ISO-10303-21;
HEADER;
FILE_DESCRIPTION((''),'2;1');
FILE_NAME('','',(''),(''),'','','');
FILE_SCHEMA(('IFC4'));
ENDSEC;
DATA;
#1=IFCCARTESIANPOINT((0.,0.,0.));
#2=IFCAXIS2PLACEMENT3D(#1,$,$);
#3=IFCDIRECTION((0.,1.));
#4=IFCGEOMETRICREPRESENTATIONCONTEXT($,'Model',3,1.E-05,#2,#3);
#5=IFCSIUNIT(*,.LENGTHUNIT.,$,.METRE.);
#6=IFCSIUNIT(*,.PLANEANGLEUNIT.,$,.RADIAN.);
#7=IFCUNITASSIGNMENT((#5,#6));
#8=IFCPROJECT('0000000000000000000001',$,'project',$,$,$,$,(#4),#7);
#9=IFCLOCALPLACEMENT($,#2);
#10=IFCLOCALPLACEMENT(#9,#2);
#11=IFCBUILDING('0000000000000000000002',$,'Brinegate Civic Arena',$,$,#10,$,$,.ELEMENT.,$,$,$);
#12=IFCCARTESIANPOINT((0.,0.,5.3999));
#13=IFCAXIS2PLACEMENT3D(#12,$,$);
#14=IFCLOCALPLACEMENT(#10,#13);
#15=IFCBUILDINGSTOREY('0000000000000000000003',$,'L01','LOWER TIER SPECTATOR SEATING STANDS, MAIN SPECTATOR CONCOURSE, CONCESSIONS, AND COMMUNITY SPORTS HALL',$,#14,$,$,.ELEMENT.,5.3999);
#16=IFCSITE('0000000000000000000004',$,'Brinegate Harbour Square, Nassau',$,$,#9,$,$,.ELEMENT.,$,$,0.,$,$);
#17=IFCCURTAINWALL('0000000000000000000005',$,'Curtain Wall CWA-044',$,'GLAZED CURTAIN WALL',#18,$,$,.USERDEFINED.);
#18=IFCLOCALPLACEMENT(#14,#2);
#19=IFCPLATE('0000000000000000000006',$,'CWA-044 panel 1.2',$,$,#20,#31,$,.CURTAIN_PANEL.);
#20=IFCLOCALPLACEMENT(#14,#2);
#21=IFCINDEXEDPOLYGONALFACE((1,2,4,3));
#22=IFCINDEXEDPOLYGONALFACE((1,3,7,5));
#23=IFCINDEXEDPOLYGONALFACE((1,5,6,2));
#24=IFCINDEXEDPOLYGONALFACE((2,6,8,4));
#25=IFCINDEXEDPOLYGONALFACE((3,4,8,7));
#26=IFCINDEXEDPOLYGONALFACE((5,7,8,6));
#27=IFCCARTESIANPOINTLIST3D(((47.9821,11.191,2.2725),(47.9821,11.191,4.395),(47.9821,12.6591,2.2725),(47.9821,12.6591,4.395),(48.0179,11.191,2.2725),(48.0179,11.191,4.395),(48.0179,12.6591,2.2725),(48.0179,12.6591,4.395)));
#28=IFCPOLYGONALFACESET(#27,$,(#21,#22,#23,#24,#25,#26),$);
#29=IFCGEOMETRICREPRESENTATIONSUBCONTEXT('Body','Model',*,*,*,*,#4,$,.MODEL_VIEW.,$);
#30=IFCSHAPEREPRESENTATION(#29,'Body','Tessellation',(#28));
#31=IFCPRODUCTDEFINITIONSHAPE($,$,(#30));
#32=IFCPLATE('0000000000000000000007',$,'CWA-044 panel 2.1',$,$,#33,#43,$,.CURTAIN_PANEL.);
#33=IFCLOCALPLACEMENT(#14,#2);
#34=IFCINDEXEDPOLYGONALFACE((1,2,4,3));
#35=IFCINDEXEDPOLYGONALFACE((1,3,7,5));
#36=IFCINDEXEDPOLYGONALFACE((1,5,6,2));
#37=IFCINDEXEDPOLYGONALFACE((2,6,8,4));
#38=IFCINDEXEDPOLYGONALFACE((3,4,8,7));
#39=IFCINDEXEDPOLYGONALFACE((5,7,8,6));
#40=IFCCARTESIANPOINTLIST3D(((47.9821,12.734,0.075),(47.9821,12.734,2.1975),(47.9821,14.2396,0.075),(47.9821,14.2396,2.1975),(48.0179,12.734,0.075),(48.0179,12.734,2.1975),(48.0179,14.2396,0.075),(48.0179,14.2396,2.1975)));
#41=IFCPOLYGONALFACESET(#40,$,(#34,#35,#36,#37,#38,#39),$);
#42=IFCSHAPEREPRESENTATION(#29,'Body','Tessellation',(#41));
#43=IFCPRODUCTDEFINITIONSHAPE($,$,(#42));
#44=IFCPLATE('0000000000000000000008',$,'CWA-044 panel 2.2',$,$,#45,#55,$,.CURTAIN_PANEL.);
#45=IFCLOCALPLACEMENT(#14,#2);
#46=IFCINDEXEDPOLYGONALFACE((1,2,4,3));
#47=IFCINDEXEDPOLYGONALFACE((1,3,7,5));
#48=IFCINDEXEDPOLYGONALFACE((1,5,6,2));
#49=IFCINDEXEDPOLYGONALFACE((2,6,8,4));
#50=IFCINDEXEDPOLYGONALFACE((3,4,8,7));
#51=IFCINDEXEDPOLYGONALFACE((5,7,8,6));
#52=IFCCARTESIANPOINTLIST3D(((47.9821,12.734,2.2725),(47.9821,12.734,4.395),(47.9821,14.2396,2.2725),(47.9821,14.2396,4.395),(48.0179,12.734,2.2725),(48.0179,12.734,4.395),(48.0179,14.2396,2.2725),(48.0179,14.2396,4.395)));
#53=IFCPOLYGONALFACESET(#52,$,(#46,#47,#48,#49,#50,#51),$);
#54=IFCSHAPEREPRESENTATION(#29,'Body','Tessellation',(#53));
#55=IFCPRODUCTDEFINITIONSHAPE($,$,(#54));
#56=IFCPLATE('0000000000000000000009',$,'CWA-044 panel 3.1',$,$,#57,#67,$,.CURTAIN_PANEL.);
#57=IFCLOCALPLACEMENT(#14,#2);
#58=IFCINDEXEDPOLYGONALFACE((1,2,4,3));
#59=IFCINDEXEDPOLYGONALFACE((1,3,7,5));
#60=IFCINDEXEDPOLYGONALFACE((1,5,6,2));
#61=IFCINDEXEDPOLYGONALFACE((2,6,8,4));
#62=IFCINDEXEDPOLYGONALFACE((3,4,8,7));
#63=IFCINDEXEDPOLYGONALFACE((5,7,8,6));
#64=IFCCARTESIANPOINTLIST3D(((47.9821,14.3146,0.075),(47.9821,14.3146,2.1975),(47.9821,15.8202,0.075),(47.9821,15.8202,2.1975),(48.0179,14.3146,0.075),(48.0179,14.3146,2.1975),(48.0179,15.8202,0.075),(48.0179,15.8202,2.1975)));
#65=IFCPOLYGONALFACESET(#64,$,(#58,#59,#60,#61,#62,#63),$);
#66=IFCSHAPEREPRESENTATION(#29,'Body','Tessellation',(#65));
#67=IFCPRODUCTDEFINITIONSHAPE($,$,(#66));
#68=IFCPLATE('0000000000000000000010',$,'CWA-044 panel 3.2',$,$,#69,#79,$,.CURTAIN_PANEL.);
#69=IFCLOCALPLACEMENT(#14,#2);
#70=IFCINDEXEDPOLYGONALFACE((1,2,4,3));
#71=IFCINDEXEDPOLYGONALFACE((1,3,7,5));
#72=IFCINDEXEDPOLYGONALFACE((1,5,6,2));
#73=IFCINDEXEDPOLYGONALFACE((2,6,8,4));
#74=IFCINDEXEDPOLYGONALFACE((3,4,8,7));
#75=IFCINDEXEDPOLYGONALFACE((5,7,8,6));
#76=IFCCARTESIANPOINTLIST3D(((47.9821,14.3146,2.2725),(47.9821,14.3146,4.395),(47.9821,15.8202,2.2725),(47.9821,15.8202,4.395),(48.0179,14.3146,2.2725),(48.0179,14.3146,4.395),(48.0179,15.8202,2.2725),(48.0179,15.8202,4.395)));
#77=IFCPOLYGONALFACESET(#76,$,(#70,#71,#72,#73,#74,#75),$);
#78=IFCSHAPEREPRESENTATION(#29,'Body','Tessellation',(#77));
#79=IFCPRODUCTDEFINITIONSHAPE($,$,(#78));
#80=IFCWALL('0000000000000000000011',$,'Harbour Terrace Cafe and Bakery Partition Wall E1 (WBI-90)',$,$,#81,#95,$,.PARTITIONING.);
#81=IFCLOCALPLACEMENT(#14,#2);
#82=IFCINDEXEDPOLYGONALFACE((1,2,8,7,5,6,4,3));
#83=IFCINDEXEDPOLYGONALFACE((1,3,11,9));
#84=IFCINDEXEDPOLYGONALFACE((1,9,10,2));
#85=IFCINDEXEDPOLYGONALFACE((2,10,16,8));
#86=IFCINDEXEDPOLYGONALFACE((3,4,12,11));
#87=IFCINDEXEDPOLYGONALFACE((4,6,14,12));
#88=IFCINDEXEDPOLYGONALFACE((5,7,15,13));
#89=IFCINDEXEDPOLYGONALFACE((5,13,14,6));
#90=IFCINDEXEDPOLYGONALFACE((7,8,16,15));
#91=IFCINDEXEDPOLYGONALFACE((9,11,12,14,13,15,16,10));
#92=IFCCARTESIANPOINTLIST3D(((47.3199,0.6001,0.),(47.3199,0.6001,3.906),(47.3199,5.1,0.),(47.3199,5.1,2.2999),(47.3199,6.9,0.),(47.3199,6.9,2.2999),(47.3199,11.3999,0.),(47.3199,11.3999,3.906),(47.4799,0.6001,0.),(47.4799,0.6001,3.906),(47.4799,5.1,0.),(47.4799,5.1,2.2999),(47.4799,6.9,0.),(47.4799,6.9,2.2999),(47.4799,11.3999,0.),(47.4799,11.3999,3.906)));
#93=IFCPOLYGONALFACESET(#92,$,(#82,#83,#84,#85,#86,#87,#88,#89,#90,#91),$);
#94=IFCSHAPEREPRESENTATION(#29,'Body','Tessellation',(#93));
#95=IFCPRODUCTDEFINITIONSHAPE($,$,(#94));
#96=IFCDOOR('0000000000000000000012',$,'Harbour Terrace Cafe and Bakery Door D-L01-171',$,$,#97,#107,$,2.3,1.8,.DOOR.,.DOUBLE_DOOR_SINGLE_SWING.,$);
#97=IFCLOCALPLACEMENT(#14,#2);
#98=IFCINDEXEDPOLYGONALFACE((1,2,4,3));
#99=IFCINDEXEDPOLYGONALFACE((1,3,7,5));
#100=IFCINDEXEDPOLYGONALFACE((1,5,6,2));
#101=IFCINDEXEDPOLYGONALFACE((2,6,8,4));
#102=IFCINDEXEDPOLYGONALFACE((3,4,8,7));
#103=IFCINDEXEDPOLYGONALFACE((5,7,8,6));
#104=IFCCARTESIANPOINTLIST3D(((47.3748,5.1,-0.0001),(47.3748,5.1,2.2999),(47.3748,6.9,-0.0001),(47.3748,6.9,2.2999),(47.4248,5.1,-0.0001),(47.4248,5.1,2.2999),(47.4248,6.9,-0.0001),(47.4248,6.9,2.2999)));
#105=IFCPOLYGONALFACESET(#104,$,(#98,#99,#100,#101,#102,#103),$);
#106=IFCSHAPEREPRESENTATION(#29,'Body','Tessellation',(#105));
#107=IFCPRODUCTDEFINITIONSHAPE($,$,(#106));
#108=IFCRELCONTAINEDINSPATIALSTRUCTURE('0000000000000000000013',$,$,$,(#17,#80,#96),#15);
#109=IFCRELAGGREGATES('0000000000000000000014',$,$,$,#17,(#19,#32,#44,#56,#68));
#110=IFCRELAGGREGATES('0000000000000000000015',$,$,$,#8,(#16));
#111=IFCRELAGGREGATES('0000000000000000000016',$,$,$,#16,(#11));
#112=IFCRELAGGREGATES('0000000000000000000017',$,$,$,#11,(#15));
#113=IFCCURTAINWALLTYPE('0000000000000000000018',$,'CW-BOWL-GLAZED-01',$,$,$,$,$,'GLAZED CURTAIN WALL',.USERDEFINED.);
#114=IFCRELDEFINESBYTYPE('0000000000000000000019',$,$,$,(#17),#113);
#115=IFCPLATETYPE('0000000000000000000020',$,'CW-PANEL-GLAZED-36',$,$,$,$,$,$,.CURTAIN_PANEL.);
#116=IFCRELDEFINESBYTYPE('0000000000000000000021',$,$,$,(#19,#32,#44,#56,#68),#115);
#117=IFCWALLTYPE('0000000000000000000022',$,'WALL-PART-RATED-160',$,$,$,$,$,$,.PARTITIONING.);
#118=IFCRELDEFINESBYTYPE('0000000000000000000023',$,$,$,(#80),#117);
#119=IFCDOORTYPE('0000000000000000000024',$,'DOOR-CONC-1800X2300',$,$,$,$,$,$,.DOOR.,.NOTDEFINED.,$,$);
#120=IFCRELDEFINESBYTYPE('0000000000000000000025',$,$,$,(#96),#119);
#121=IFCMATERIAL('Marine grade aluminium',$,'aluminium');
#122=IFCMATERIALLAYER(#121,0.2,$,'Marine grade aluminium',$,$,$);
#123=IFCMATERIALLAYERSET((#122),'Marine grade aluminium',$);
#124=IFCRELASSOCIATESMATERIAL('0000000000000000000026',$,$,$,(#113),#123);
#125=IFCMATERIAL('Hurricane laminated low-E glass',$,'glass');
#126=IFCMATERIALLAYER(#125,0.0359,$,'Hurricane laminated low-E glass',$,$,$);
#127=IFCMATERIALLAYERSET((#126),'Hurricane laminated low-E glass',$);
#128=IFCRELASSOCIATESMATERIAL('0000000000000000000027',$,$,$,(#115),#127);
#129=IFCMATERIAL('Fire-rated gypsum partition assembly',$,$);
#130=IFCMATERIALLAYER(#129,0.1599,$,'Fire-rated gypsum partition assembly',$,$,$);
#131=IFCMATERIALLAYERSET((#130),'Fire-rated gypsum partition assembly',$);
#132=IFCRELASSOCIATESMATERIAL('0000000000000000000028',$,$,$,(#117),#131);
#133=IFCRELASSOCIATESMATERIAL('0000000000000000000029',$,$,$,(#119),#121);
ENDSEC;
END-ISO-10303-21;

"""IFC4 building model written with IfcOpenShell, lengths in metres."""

from ifc_helpers import new_model, si_unit, direction, frame, frame_2d, origin, origin_2d, place, context, subcontext, project, spatial, rectangle, extrude, material, layer, layer_set, type_object, element, fill, aggregate, save


model = new_model("IFC4")

# Units and contexts
model_context = context("Model", 3, precision=1e-05, world=origin(), true_north=direction((0.0, 1.0)))
body_context = subcontext(model_context, "Body", "Model", "MODEL_VIEW")
ifc_project = project(units=[si_unit("LENGTHUNIT", "METRE"), si_unit("PLANEANGLEUNIT", "RADIAN")], contexts=[model_context])

# Site, building, storey
site_placement = place(None, origin())
site = spatial("IfcSite", under=ifc_project, at=site_placement, Name="Brinegate Harbour Square, Nassau", CompositionType="ELEMENT", RefElevation=0.0)
building_placement = place(site_placement, origin())
building = spatial("IfcBuilding", under=site, at=building_placement, Name="Brinegate Civic Arena", CompositionType="ELEMENT")
storey_placement = place(building_placement, frame((0.0, 0.0, 5.3999)))
storey = spatial("IfcBuildingStorey", under=building, at=storey_placement, Name="L01", Description="LOWER TIER SPECTATOR SEATING STANDS, MAIN SPECTATOR CONCOURSE, CONCESSIONS, AND COMMUNITY SPORTS HALL", CompositionType="ELEMENT", Elevation=5.3999)

# Curtain wall
ifc_material_1 = material(Name="Marine grade aluminium", Category="aluminium")
ifc_layer_1 = layer(ifc_material_1, 0.2, Name="Marine grade aluminium")
ifc_layer_set_1 = layer_set([ifc_layer_1], Name="Marine grade aluminium")
curtain_wall_type = type_object("IfcCurtainWallType", Name="CW-BOWL-GLAZED-01", ElementType="GLAZED CURTAIN WALL", PredefinedType="USERDEFINED", material=ifc_layer_set_1)
curtain_wall_placement = place(storey_placement, origin())
curtain_wall = element("IfcCurtainWall", 1, at=curtain_wall_placement, inside=storey, type_object=curtain_wall_type, Name="Curtain Wall CWA-044", ObjectType="GLAZED CURTAIN WALL", PredefinedType="USERDEFINED")

# Plates
ifc_material_2 = material(Name="Hurricane laminated low-E glass", Category="glass")
ifc_layer_2 = layer(ifc_material_2, 0.0359, Name="Hurricane laminated low-E glass")
ifc_layer_set_2 = layer_set([ifc_layer_2], Name="Hurricane laminated low-E glass")
plate_type = type_object("IfcPlateType", Name="CW-PANEL-GLAZED-36", PredefinedType="CURTAIN_PANEL", material=ifc_layer_set_2)
plate_1_placement = place(storey_placement, frame((48.0, 11.925, 2.2725), z_axis=(0.0, 0.0, 1.0), x_axis=(0.0, 1.0, 0.0)))
plate_1 = element("IfcPlate", 2, at=plate_1_placement, type_object=plate_type, Name="CWA-044 panel 1.2", PredefinedType="CURTAIN_PANEL", context=body_context, shape_type="SweptSolid", body=[
    extrude(rectangle(XDim=1.468, YDim=0.0359, at=origin_2d()), origin(), (0.0, 0.0, 1.0), 2.1226),
])
plate_2_placement = place(storey_placement, frame((48.0, 13.4868, 0.075), z_axis=(0.0, 0.0, 1.0), x_axis=(0.0, 1.0, 0.0)))
plate_2 = element("IfcPlate", 3, at=plate_2_placement, type_object=plate_type, Name="CWA-044 panel 2.1", PredefinedType="CURTAIN_PANEL", context=body_context, shape_type="SweptSolid", body=[
    extrude(rectangle(XDim=1.5056, YDim=0.0359, at=origin_2d()), origin(), (0.0, 0.0, 1.0), 2.1226),
])
plate_3_placement = place(storey_placement, frame((48.0, 13.4868, 2.2725), z_axis=(0.0, 0.0, 1.0), x_axis=(0.0, 1.0, 0.0)))
plate_3 = element("IfcPlate", 4, at=plate_3_placement, type_object=plate_type, Name="CWA-044 panel 2.2", PredefinedType="CURTAIN_PANEL", context=body_context, shape_type="SweptSolid", body=[
    extrude(rectangle(XDim=1.5056, YDim=0.0359, at=origin_2d()), origin(), (0.0, 0.0, 1.0), 2.1226),
])
plate_4_placement = place(storey_placement, frame((48.0, 15.0674, 0.075), z_axis=(0.0, 0.0, 1.0), x_axis=(0.0, 1.0, 0.0)))
plate_4 = element("IfcPlate", 5, at=plate_4_placement, type_object=plate_type, Name="CWA-044 panel 3.1", PredefinedType="CURTAIN_PANEL", context=body_context, shape_type="SweptSolid", body=[
    extrude(rectangle(XDim=1.5056, YDim=0.0359, at=origin_2d()), origin(), (0.0, 0.0, 1.0), 2.1226),
])
plate_5_placement = place(storey_placement, frame((48.0, 15.0674, 2.2725), z_axis=(0.0, 0.0, 1.0), x_axis=(0.0, 1.0, 0.0)))
plate_5 = element("IfcPlate", 6, at=plate_5_placement, type_object=plate_type, Name="CWA-044 panel 3.2", PredefinedType="CURTAIN_PANEL", context=body_context, shape_type="SweptSolid", body=[
    extrude(rectangle(XDim=1.5056, YDim=0.0359, at=origin_2d()), origin(), (0.0, 0.0, 1.0), 2.1226),
])
aggregate(curtain_wall, [plate_1, plate_2, plate_3, plate_4, plate_5])

# Wall, opening, door
ifc_material_3 = material(Name="Fire-rated gypsum partition assembly")
ifc_layer_3 = layer(ifc_material_3, 0.1599, Name="Fire-rated gypsum partition assembly")
ifc_layer_set_3 = layer_set([ifc_layer_3], Name="Fire-rated gypsum partition assembly")
wall_type = type_object("IfcWallType", Name="WALL-PART-RATED-160", PredefinedType="PARTITIONING", material=ifc_layer_set_3)
wall_placement = place(storey_placement, frame((47.3999, 11.3999, 0.0), z_axis=(0.0, 0.0, 1.0), x_axis=(0.0, -1.0, 0.0)))
wall = element("IfcWall", 7, at=wall_placement, inside=storey, type_object=wall_type, Name="Harbour Terrace Cafe and Bakery Partition Wall E1 (WBI-90)", PredefinedType="PARTITIONING", context=body_context, shape_type="SweptSolid", body=[
    extrude(rectangle(XDim=10.7998, YDim=0.1599, at=frame_2d((5.3999, 0.0))), origin(), (0.0, 0.0, 1.0), 3.906),
])
opening_placement = place(wall_placement, frame((4.5, 0.0, 0.0)))
opening = element("IfcOpeningElement", 8, at=opening_placement, cuts=wall, PredefinedType="OPENING", context=body_context, shape_type="SweptSolid", body=[
    extrude(rectangle(XDim=1.8, YDim=2.3, at=frame_2d((0.8999, 1.1499))), frame((0.0, 0.0898, 0.0), z_axis=(0.0, -1.0, 0.0), x_axis=(1.0, 0.0, 0.0)), (0.0, 0.0, 1.0), 0.1799),
])
door_type = type_object("IfcDoorType", Name="DOOR-CONC-1800X2300", OperationType="NOTDEFINED", PredefinedType="DOOR", material=ifc_material_1)
door_placement = place(opening_placement, origin())
door = element("IfcDoor", 9, at=door_placement, inside=storey, type_object=door_type, Name="Harbour Terrace Cafe and Bakery Door D-L01-171", OperationType="DOUBLE_DOOR_SINGLE_SWING", OverallHeight=2.3, OverallWidth=1.8, PredefinedType="DOOR", context=body_context, shape_type="SweptSolid", body=[
    extrude(rectangle(XDim=1.8, YDim=2.3, at=frame_2d((0.8999, 1.1499))), frame((0.0, 0.0249, 0.0), z_axis=(0.0, -1.0, 0.0), x_axis=(1.0, 0.0, 0.0)), (0.0, 0.0, 1.0), 0.05),
])
fill(opening, door)

save(model, "model.ifc")
